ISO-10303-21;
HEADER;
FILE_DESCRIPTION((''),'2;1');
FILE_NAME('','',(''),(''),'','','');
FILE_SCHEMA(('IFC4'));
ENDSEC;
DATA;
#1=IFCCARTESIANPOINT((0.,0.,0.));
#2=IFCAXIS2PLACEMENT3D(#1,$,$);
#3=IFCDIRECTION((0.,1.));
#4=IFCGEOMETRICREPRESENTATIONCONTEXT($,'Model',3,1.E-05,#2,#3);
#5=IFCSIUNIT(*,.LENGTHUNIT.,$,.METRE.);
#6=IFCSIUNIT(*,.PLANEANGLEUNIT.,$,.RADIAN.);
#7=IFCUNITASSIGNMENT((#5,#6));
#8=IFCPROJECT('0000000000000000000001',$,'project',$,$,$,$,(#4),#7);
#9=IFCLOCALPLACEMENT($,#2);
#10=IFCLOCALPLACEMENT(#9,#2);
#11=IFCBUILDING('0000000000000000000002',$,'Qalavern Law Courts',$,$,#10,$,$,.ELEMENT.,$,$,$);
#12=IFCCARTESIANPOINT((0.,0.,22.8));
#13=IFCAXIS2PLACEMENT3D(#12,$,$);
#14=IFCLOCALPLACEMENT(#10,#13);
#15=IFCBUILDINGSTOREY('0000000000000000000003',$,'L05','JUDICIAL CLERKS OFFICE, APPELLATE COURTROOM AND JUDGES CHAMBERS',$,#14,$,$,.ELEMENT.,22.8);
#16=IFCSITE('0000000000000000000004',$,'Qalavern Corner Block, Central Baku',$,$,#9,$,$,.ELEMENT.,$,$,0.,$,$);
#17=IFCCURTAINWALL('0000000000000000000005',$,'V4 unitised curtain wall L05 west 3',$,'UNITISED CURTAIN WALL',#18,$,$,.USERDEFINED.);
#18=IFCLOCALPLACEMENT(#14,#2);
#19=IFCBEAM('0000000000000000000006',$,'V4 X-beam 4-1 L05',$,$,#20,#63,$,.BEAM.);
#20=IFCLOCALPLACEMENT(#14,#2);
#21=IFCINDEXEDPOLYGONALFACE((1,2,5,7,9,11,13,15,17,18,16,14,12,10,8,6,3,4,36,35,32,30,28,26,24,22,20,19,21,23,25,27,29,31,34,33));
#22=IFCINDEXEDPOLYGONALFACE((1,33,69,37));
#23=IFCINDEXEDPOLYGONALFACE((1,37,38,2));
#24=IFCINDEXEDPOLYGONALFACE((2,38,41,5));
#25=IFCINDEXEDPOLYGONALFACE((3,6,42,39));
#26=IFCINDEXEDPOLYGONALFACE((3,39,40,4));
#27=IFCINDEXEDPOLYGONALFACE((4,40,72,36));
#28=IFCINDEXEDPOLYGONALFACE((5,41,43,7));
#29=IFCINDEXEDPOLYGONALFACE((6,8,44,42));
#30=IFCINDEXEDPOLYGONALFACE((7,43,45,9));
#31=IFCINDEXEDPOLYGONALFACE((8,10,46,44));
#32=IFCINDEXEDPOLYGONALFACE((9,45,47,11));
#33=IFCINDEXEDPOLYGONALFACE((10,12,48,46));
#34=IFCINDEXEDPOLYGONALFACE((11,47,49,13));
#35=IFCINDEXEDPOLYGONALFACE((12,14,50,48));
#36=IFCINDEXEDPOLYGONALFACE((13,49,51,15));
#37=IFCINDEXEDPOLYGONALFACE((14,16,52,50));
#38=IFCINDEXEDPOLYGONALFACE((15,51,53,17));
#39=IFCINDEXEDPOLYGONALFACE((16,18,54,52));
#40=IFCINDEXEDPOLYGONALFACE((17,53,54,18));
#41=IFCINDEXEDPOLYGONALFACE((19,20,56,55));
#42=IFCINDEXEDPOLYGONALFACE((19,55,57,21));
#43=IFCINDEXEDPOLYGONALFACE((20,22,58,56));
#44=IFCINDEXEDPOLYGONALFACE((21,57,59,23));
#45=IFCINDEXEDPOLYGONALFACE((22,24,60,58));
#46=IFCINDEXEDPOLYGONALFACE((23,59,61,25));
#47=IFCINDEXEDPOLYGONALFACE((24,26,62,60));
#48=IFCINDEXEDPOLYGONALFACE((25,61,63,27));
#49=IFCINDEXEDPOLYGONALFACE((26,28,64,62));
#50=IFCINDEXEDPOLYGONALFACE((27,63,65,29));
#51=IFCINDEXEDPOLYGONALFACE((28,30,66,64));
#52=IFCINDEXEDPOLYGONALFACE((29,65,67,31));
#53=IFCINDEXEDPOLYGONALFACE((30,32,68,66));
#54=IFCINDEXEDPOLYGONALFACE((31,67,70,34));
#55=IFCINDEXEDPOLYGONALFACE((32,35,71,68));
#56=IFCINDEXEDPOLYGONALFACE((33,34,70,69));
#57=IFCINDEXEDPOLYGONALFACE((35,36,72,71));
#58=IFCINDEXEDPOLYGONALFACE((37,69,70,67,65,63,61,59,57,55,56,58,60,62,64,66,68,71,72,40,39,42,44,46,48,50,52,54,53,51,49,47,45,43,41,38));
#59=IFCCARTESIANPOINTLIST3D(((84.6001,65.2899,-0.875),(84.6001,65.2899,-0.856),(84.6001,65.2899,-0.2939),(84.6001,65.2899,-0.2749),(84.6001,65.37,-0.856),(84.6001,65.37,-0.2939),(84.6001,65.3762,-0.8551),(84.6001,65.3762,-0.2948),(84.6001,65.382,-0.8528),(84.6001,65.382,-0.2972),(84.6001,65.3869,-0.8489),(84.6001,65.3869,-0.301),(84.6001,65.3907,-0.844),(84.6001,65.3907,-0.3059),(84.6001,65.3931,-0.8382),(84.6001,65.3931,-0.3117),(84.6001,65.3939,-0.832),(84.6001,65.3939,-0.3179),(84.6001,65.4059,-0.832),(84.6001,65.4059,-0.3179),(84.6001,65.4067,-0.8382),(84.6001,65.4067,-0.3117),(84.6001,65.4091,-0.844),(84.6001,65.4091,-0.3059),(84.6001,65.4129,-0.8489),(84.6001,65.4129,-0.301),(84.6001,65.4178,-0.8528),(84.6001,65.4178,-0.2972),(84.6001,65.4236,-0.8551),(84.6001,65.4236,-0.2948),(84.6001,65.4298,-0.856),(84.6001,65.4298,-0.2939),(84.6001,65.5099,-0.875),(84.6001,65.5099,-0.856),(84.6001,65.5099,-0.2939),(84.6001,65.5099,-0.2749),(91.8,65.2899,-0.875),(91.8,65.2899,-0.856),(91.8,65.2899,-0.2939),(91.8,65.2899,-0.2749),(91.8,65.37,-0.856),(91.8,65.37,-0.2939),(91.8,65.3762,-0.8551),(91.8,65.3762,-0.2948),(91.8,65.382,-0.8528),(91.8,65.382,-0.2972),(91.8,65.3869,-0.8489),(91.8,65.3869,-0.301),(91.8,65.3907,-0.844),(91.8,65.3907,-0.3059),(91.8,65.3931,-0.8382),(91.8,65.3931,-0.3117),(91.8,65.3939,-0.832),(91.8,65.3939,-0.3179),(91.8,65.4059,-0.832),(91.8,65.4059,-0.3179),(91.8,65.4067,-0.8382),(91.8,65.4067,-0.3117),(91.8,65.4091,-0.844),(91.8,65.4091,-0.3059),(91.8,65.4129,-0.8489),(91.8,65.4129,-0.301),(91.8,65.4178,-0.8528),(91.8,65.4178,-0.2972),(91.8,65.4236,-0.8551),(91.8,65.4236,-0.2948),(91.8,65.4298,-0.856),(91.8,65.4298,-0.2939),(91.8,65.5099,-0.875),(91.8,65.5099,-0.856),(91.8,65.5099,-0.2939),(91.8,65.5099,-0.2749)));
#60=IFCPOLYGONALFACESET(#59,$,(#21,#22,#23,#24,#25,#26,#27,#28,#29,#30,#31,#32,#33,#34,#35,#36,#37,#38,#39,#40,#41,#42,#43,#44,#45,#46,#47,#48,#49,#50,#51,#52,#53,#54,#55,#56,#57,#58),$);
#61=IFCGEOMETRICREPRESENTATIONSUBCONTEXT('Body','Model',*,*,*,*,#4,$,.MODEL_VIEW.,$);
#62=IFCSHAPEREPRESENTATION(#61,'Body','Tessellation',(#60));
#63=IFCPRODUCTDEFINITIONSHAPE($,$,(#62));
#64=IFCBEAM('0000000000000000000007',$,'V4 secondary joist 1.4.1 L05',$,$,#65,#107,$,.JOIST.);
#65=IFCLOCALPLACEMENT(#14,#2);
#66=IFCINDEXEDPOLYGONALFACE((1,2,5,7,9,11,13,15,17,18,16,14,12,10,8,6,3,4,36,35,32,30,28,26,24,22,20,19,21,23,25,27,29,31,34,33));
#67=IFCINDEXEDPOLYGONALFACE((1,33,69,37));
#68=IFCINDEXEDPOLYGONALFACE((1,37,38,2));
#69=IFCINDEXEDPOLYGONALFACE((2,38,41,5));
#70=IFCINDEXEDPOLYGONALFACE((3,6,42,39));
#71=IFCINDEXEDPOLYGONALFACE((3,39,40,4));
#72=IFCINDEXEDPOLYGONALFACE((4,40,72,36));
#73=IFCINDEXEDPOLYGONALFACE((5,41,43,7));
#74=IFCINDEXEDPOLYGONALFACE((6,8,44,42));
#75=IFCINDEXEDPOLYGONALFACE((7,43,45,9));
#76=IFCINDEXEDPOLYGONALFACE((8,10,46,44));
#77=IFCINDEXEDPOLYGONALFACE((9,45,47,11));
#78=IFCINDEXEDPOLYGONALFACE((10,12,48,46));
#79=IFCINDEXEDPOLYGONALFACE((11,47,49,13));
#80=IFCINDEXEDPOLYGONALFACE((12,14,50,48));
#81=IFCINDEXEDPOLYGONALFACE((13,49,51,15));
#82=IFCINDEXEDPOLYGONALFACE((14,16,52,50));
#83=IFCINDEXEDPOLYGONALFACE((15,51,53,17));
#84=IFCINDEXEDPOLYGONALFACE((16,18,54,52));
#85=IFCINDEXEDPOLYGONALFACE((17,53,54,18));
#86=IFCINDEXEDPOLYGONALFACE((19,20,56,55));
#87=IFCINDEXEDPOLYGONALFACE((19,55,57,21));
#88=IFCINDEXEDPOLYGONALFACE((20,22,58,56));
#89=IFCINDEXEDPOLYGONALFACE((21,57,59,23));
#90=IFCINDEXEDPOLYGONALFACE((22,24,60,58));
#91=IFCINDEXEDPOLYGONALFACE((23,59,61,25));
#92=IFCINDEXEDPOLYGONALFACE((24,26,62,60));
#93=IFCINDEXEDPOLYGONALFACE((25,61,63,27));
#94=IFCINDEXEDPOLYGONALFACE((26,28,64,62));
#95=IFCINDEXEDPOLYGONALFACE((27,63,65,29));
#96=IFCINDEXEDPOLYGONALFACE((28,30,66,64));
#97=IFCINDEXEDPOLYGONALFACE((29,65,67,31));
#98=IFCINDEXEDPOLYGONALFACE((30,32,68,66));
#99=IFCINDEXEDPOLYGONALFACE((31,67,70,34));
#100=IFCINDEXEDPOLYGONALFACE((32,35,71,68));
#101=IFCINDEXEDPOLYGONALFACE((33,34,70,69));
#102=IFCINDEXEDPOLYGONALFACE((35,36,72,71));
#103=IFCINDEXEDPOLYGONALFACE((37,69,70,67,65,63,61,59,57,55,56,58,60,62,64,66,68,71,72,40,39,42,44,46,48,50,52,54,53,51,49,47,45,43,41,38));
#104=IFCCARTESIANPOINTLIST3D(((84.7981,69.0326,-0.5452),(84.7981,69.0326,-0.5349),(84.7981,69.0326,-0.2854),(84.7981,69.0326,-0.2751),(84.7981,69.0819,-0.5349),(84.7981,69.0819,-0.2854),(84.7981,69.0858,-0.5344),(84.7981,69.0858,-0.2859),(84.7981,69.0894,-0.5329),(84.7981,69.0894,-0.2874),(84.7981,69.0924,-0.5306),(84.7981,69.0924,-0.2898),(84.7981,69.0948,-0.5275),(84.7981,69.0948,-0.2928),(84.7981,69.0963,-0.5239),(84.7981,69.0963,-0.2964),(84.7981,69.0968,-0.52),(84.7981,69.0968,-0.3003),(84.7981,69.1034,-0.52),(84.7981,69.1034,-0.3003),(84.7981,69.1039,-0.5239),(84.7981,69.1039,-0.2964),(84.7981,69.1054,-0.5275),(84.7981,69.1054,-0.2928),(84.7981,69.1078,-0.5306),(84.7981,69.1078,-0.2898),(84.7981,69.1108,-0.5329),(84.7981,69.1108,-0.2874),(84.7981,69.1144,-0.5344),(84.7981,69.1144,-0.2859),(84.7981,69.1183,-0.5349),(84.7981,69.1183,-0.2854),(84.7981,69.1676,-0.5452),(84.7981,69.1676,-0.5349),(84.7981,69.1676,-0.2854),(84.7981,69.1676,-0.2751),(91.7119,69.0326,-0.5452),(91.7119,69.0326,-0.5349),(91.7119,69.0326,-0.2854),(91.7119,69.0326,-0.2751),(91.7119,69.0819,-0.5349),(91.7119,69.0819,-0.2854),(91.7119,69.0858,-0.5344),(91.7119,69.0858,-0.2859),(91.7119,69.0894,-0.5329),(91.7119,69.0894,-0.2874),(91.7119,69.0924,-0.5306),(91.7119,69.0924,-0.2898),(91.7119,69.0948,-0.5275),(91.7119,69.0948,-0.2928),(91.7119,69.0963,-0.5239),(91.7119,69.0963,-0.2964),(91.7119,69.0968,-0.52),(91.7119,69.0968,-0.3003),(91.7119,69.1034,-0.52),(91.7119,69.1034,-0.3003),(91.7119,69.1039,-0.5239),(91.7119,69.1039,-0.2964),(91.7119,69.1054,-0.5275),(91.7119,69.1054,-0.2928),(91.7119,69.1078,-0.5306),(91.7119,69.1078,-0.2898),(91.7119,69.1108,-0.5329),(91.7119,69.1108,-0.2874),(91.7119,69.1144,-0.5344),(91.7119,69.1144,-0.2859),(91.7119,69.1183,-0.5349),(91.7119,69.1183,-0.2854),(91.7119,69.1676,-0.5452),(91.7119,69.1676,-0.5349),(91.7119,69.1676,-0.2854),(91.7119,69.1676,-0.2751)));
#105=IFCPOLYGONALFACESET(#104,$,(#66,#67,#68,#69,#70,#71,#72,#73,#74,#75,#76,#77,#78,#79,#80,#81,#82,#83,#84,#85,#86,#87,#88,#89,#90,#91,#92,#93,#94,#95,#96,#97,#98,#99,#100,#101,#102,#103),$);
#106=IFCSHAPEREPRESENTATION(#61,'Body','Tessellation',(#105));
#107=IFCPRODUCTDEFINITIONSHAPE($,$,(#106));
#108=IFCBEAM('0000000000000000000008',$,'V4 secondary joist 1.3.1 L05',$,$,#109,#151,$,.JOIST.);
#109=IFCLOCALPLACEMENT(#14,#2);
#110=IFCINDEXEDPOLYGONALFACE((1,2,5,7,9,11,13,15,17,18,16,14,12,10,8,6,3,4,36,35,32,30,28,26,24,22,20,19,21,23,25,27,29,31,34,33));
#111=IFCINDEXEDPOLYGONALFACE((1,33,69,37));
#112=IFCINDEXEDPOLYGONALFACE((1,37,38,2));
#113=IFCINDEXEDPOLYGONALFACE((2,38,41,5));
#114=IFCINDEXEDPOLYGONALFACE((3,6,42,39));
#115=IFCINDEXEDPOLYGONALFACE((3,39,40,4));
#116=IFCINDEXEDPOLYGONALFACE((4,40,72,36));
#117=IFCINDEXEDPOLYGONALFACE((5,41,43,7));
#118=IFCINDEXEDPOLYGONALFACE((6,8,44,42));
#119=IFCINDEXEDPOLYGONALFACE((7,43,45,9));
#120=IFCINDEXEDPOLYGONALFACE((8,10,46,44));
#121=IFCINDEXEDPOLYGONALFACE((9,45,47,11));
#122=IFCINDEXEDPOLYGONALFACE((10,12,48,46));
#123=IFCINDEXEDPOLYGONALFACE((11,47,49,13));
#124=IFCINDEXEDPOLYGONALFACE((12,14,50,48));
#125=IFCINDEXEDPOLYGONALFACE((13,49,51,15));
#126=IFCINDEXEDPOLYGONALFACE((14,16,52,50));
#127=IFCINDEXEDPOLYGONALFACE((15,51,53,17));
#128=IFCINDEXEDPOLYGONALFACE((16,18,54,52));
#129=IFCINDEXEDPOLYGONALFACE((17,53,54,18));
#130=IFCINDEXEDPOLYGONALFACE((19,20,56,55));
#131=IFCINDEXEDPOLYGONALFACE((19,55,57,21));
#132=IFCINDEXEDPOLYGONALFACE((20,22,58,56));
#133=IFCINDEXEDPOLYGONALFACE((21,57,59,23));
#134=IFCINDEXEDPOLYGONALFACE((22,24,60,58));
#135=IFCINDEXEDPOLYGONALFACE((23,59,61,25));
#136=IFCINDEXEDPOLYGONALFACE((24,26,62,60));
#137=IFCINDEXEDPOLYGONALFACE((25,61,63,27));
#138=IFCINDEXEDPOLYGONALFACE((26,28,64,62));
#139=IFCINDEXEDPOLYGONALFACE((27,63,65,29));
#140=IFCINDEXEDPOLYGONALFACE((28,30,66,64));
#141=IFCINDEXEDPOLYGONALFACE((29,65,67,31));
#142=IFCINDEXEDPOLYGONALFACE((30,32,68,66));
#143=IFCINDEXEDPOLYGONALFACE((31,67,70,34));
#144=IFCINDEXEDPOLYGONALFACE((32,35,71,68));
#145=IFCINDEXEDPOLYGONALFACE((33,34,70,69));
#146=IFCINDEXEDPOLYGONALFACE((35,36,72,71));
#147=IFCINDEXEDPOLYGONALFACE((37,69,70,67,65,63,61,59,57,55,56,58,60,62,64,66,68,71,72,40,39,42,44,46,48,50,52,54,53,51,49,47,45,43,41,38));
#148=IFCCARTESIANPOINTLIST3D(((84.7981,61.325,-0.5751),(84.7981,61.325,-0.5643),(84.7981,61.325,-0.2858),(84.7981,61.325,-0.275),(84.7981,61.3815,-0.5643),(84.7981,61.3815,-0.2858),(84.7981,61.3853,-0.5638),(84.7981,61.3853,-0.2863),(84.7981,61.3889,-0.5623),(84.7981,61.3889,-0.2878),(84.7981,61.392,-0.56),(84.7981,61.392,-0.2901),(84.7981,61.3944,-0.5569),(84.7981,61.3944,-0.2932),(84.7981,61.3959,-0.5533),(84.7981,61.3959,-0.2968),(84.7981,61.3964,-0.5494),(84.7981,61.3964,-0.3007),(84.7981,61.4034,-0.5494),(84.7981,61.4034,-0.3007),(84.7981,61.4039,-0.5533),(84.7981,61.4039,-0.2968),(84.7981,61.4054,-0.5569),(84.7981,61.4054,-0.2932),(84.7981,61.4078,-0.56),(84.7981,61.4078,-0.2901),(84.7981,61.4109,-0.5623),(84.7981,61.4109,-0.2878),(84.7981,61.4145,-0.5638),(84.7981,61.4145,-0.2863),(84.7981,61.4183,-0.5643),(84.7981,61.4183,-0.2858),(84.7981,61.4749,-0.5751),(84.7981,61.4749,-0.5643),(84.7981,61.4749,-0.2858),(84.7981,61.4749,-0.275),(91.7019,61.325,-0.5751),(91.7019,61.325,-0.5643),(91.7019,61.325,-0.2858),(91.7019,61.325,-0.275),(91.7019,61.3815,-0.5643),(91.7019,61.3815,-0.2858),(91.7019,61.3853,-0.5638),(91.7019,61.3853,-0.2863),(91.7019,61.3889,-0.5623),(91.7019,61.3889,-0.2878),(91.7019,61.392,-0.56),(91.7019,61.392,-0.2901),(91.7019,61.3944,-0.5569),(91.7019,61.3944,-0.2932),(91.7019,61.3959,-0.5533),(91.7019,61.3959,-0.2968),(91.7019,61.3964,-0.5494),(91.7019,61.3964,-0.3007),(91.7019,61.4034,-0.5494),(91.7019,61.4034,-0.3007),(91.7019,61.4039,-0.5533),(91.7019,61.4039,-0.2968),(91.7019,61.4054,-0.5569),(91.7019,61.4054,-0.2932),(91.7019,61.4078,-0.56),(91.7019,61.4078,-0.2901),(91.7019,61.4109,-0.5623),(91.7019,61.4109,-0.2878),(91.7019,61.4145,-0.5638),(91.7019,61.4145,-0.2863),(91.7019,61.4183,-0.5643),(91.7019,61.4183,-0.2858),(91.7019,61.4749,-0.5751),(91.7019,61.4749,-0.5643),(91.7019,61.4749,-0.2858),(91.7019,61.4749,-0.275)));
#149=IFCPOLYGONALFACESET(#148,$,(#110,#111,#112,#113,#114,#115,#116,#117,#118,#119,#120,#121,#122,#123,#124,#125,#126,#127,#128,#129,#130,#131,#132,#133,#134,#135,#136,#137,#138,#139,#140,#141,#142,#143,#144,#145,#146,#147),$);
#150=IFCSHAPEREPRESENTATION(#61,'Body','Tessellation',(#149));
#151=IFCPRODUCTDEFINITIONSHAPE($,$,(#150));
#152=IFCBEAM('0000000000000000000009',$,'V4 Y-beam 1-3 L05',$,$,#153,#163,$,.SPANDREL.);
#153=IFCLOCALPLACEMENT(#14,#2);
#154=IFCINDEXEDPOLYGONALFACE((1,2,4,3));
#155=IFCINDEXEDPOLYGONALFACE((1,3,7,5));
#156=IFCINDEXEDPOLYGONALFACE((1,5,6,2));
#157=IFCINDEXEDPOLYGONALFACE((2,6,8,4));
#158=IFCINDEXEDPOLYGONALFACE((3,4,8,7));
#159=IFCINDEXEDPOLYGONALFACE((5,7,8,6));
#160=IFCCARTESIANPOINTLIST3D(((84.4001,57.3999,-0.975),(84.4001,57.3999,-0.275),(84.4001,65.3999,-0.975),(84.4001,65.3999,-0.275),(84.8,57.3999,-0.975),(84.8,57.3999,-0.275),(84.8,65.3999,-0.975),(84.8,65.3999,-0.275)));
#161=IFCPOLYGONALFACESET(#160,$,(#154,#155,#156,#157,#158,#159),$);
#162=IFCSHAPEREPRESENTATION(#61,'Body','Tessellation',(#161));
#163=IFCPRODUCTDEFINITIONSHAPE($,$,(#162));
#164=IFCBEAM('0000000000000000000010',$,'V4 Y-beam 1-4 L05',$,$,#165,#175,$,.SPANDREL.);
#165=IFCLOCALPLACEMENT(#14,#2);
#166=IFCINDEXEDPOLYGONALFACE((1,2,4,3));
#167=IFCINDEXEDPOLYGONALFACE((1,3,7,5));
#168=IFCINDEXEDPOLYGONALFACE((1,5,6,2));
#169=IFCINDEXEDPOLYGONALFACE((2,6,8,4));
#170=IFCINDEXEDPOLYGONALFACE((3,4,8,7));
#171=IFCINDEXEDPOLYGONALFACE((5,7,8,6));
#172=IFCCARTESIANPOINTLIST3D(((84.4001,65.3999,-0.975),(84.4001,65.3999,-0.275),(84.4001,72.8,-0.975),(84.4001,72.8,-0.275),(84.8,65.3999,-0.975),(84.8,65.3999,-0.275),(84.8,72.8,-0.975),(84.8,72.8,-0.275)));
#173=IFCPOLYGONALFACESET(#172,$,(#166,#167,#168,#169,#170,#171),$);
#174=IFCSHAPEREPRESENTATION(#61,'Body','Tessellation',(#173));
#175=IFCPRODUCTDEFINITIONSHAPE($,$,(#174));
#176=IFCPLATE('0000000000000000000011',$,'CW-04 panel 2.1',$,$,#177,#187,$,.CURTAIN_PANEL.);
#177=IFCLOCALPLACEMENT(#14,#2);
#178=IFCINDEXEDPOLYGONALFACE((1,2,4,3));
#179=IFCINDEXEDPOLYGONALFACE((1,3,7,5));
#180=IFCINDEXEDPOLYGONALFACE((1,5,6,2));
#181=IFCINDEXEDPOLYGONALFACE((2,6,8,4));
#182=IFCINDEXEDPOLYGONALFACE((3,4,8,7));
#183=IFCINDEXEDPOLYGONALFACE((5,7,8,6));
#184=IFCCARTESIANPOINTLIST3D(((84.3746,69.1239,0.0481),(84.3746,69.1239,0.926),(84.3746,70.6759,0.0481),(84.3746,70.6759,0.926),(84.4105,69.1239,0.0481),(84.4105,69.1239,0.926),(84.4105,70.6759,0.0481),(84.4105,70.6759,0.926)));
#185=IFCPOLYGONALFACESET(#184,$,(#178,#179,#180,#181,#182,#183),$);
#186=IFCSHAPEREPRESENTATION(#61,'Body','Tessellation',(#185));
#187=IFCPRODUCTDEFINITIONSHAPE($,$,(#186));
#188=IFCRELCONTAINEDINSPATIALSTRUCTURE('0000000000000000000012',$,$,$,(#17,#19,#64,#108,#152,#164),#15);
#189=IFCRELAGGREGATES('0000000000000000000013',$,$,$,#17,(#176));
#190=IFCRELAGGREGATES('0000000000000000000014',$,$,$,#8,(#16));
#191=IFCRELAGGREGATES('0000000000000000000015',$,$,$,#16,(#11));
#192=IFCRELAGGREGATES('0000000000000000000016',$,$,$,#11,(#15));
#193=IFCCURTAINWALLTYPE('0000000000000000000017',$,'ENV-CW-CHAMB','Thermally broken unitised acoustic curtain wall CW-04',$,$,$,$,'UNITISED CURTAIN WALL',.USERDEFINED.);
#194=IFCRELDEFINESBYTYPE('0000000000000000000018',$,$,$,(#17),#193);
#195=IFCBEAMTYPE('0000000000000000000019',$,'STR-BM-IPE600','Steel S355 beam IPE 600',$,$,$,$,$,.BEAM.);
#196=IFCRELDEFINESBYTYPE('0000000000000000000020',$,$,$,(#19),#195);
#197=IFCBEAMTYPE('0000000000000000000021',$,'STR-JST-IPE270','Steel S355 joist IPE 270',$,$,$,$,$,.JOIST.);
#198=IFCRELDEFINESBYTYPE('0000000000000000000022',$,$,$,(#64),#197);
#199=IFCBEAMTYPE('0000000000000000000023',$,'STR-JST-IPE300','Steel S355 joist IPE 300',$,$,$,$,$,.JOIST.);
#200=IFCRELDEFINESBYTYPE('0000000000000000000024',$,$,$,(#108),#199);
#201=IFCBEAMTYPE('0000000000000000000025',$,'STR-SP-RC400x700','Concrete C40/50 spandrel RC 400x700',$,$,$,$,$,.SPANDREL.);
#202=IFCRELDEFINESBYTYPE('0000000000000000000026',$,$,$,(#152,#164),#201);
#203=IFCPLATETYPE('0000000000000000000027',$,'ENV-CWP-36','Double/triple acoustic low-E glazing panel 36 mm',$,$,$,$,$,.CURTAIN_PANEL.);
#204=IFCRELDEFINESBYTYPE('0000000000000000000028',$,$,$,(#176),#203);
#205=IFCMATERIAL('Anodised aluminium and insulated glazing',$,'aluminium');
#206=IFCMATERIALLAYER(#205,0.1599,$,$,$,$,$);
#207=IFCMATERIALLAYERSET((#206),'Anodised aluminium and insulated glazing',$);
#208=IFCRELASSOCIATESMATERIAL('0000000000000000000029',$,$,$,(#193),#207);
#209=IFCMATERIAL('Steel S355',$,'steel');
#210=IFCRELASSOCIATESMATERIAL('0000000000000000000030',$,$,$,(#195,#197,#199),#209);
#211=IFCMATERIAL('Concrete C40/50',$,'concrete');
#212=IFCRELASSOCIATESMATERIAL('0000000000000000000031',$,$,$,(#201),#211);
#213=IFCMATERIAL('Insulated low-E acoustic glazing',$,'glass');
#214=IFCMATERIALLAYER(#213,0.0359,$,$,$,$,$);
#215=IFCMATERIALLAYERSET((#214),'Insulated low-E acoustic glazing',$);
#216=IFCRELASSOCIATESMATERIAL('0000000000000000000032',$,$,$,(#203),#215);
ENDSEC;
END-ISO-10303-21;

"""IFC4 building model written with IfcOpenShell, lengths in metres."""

from ifc_helpers import new_model, si_unit, direction, frame, origin, origin_2d, place, context, subcontext, project, spatial, rectangle, i_section, extrude, material, layer, layer_set, material_profile, profile_set, type_object, element, aggregate, save


model = new_model("IFC4")

# Units and contexts
model_context = context("Model", 3, precision=1e-05, world=origin(), true_north=direction((0.0, 1.0)))
body_context = subcontext(model_context, "Body", "Model", "MODEL_VIEW")
ifc_project = project(units=[si_unit("LENGTHUNIT", "METRE"), si_unit("PLANEANGLEUNIT", "RADIAN")], contexts=[model_context])

# Site, building, storey
site_placement = place(None, origin())
site = spatial("IfcSite", under=ifc_project, at=site_placement, Name="Qalavern Corner Block, Central Baku", CompositionType="ELEMENT", RefElevation=0.0)
building_placement = place(site_placement, origin())
building = spatial("IfcBuilding", under=site, at=building_placement, Name="Qalavern Law Courts", CompositionType="ELEMENT")
storey_placement = place(building_placement, frame((0.0, 0.0, 22.8)))
storey = spatial("IfcBuildingStorey", under=building, at=storey_placement, Name="L05", Description="JUDICIAL CLERKS OFFICE, APPELLATE COURTROOM AND JUDGES CHAMBERS", CompositionType="ELEMENT", Elevation=22.8)

# Curtain wall
ifc_material_1 = material(Name="Anodised aluminium and insulated glazing", Category="aluminium")
ifc_layer_1 = layer(ifc_material_1, 0.1599)
ifc_layer_set_1 = layer_set([ifc_layer_1], Name="Anodised aluminium and insulated glazing")
curtain_wall_type = type_object("IfcCurtainWallType", Name="ENV-CW-CHAMB", Description="Thermally broken unitised acoustic curtain wall CW-04", ElementType="UNITISED CURTAIN WALL", PredefinedType="USERDEFINED", material=ifc_layer_set_1)
curtain_wall_1_placement = place(storey_placement, origin())
curtain_wall_1 = element("IfcCurtainWall", 1, at=curtain_wall_1_placement, inside=storey, type_object=curtain_wall_type, Name="V4 unitised curtain wall L05 west 3", ObjectType="UNITISED CURTAIN WALL", PredefinedType="USERDEFINED")

# Beams
ifc_material_2 = material(Name="Steel S355", Category="steel")
ifc_material_profile_1 = material_profile(ifc_material_2, i_section(OverallWidth=0.22, OverallDepth=0.6001, WebThickness=0.012, FlangeThickness=0.019, FilletRadius=0.0239, at=origin_2d()), Name="IPE 600")
ifc_profile_set_1 = profile_set([ifc_material_profile_1], Name="Steel S355")
beam_type_1 = type_object("IfcBeamType", Name="STR-BM-IPE600", Description="Steel S355 beam IPE 600", PredefinedType="BEAM", material=ifc_profile_set_1)
beam_1_placement = place(storey_placement, frame((84.6001, 65.3999, -0.575), z_axis=(1.0, 0.0, 0.0), x_axis=(0.0, 1.0, 0.0)))
element("IfcBeam", 2, at=beam_1_placement, inside=storey, type_object=beam_type_1, Name="V4 X-beam 4-1 L05", PredefinedType="BEAM", context=body_context, shape_type="SweptSolid", body=[
    extrude(i_section(OverallWidth=0.22, OverallDepth=0.6001, WebThickness=0.012, FlangeThickness=0.019, FilletRadius=0.0239, at=origin_2d()), origin(), (0.0, 0.0, 1.0), 7.2),
])
ifc_material_profile_2 = material_profile(ifc_material_2, i_section(OverallWidth=0.135, OverallDepth=0.27, WebThickness=0.0066, FlangeThickness=0.0103, FilletRadius=0.0149, at=origin_2d()), Name="IPE 270")
ifc_profile_set_2 = profile_set([ifc_material_profile_2], Name="Steel S355")
beam_type_2 = type_object("IfcBeamType", Name="STR-JST-IPE270", Description="Steel S355 joist IPE 270", PredefinedType="JOIST", material=ifc_profile_set_2)
beam_2_placement = place(storey_placement, frame((84.7981, 69.1001, -0.4102), z_axis=(1.0, 0.0, 0.0), x_axis=(0.0, 1.0, 0.0)))
element("IfcBeam", 3, at=beam_2_placement, inside=storey, type_object=beam_type_2, Name="V4 secondary joist 1.4.1 L05", PredefinedType="JOIST", context=body_context, shape_type="SweptSolid", body=[
    extrude(i_section(OverallWidth=0.135, OverallDepth=0.27, WebThickness=0.0066, FlangeThickness=0.0103, FilletRadius=0.0149, at=origin_2d()), origin(), (0.0, 0.0, 1.0), 6.9138),
])
ifc_material_profile_3 = material_profile(ifc_material_2, i_section(OverallWidth=0.1499, OverallDepth=0.3, WebThickness=0.0071, FlangeThickness=0.0107, FilletRadius=0.0149, at=origin_2d()), Name="IPE 300")
ifc_profile_set_3 = profile_set([ifc_material_profile_3], Name="Steel S355")
beam_type_3 = type_object("IfcBeamType", Name="STR-JST-IPE300", Description="Steel S355 joist IPE 300", PredefinedType="JOIST", material=ifc_profile_set_3)
beam_3_placement = place(storey_placement, frame((84.7981, 61.3999, -0.425), z_axis=(1.0, 0.0, 0.0), x_axis=(0.0, 1.0, 0.0)))
element("IfcBeam", 4, at=beam_3_placement, inside=storey, type_object=beam_type_3, Name="V4 secondary joist 1.3.1 L05", PredefinedType="JOIST", context=body_context, shape_type="SweptSolid", body=[
    extrude(i_section(OverallWidth=0.1499, OverallDepth=0.3, WebThickness=0.0071, FlangeThickness=0.0107, FilletRadius=0.0149, at=origin_2d()), origin(), (0.0, 0.0, 1.0), 6.9038),
])
ifc_material_3 = material(Name="Concrete C40/50", Category="concrete")
ifc_material_profile_4 = material_profile(ifc_material_3, rectangle(XDim=0.3999, YDim=0.7, at=origin_2d()), Name="RC 400x700")
ifc_profile_set_4 = profile_set([ifc_material_profile_4], Name="Concrete C40/50")
beam_type_4 = type_object("IfcBeamType", Name="STR-SP-RC400x700", Description="Concrete C40/50 spandrel RC 400x700", PredefinedType="SPANDREL", material=ifc_profile_set_4)
beam_4_placement = place(storey_placement, frame((84.6001, 57.3999, -0.625), z_axis=(0.0, 1.0, 0.0), x_axis=(-1.0, 0.0, 0.0)))
element("IfcBeam", 5, at=beam_4_placement, inside=storey, type_object=beam_type_4, Name="V4 Y-beam 1-3 L05", PredefinedType="SPANDREL", context=body_context, shape_type="SweptSolid", body=[
    extrude(rectangle(XDim=0.3999, YDim=0.7, at=origin_2d()), origin(), (0.0, 0.0, 1.0), 8.0),
])
beam_5_placement = place(storey_placement, frame((84.6001, 65.3999, -0.625), z_axis=(0.0, 1.0, 0.0), x_axis=(-1.0, 0.0, 0.0)))
element("IfcBeam", 6, at=beam_5_placement, inside=storey, type_object=beam_type_4, Name="V4 Y-beam 1-4 L05", PredefinedType="SPANDREL", context=body_context, shape_type="SweptSolid", body=[
    extrude(rectangle(XDim=0.3999, YDim=0.7, at=origin_2d()), origin(), (0.0, 0.0, 1.0), 7.4001),
])

# Plate
ifc_material_4 = material(Name="Insulated low-E acoustic glazing", Category="glass")
ifc_layer_2 = layer(ifc_material_4, 0.0359)
ifc_layer_set_2 = layer_set([ifc_layer_2], Name="Insulated low-E acoustic glazing")
plate_type_1 = type_object("IfcPlateType", Name="ENV-CWP-36", Description="Double/triple acoustic low-E glazing panel 36 mm", PredefinedType="CURTAIN_PANEL", material=ifc_layer_set_2)
plate_1_placement = place(storey_placement, frame((84.3926, 69.8999, 0.0481), z_axis=(0.0, 0.0, 1.0), x_axis=(0.0, -1.0, 0.0)))
plate_1 = element("IfcPlate", 7, at=plate_1_placement, type_object=plate_type_1, Name="CW-04 panel 2.1", PredefinedType="CURTAIN_PANEL", context=body_context, shape_type="SweptSolid", body=[
    extrude(rectangle(XDim=1.552, YDim=0.0359, at=origin_2d()), origin(), (0.0, 0.0, 1.0), 0.8779),
])
aggregate(curtain_wall_1, [plate_1])

save(model, "model.ifc")
